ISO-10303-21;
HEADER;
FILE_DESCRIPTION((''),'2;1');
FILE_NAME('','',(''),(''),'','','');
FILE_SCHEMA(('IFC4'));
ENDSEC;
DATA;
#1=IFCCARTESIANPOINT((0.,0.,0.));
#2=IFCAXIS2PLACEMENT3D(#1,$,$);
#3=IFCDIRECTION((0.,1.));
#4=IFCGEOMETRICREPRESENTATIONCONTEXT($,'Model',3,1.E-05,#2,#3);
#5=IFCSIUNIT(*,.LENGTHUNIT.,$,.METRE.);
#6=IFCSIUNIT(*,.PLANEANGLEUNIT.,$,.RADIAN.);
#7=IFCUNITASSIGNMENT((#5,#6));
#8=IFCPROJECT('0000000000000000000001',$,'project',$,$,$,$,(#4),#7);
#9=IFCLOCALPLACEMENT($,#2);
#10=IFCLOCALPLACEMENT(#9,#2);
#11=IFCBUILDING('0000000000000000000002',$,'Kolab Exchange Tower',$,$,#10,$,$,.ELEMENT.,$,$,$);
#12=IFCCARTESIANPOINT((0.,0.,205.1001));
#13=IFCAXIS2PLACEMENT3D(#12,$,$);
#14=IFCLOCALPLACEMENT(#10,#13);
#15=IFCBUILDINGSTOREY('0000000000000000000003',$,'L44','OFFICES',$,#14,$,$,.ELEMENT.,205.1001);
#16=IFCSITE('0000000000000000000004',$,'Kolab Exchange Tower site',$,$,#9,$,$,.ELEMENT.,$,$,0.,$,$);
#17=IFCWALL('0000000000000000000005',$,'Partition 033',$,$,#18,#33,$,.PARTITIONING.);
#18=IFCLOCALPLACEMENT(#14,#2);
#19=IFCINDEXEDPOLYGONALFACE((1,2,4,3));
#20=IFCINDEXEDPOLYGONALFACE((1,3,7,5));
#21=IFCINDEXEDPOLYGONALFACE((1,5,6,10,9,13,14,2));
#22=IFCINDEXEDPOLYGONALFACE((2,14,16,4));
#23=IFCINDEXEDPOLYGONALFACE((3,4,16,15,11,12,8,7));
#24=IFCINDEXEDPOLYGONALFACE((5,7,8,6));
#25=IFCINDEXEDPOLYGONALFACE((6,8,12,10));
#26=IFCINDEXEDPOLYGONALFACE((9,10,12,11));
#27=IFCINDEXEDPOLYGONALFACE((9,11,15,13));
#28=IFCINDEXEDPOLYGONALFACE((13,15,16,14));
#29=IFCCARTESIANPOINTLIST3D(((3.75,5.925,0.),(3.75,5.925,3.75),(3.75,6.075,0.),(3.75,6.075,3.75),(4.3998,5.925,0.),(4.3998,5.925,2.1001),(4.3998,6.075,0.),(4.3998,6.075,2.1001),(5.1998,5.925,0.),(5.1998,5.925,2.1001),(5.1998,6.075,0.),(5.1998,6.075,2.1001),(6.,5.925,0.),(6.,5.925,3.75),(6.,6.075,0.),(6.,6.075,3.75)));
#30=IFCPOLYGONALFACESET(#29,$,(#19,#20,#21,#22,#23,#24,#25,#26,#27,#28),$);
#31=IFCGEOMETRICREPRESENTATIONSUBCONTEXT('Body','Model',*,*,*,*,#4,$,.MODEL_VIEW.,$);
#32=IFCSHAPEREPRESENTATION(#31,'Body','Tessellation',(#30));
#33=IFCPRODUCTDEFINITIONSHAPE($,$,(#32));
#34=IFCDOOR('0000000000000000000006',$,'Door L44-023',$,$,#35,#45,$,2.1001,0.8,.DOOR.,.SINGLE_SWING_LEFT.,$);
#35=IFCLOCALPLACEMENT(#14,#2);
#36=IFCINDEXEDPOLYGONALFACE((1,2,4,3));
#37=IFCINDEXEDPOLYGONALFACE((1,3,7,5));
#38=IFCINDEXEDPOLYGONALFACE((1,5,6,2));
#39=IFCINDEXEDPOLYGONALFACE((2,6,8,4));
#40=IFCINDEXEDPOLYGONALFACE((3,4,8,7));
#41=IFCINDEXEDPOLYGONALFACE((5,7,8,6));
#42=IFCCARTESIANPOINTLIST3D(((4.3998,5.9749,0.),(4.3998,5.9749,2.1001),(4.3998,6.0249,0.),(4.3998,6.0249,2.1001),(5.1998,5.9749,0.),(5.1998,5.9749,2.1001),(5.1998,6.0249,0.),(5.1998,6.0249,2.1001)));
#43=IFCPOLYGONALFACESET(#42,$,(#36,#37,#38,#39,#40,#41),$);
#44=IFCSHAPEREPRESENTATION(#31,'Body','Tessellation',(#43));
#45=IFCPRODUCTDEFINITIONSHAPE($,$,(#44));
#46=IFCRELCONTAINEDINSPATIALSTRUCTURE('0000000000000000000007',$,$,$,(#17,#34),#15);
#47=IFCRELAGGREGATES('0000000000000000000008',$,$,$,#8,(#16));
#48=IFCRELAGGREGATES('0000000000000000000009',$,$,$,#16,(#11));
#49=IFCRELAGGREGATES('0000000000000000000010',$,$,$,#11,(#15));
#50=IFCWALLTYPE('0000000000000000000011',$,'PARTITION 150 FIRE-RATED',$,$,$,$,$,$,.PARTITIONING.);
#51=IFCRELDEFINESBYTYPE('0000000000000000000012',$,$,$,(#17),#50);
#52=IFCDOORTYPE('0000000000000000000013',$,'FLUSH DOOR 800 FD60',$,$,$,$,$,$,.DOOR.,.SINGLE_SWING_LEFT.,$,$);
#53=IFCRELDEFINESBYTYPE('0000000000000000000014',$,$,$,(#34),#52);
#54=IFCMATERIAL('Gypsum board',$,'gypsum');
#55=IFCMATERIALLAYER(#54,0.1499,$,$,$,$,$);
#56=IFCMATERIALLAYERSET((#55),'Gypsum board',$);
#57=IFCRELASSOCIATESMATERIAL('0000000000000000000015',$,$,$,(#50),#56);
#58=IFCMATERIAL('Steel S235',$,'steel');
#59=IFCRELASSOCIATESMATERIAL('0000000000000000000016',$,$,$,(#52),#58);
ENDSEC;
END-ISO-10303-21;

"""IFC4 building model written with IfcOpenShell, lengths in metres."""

from ifc_helpers import new_model, si_unit, direction, frame, frame_2d, origin, place, context, subcontext, project, spatial, rectangle, extrude, material, layer, layer_set, type_object, element, fill, save


model = new_model("IFC4")

# Units and contexts
model_context = context("Model", 3, precision=1e-05, world=origin(), true_north=direction((0.0, 1.0)))
body_context = subcontext(model_context, "Body", "Model", "MODEL_VIEW")
ifc_project = project(units=[si_unit("LENGTHUNIT", "METRE"), si_unit("PLANEANGLEUNIT", "RADIAN")], contexts=[model_context])

# Site, building, storey
site_placement = place(None, origin())
site = spatial("IfcSite", under=ifc_project, at=site_placement, Name="Kolab Exchange Tower site", CompositionType="ELEMENT", RefElevation=0.0)
building_placement = place(site_placement, origin())
building = spatial("IfcBuilding", under=site, at=building_placement, Name="Kolab Exchange Tower", CompositionType="ELEMENT")
storey_placement = place(building_placement, frame((0.0, 0.0, 205.1001)))
storey = spatial("IfcBuildingStorey", under=building, at=storey_placement, Name="L44", Description="OFFICES", CompositionType="ELEMENT", Elevation=205.1001)

# Shared definitions
ifc_material_1 = material(Name="Gypsum board", Category="gypsum")

# Wall, opening, door
ifc_layer_1 = layer(ifc_material_1, 0.1499)
ifc_layer_set_1 = layer_set([ifc_layer_1], Name="Gypsum board")
wall_type_1 = type_object("IfcWallType", Name="PARTITION 150 FIRE-RATED", PredefinedType="PARTITIONING", material=ifc_layer_set_1)
wall_1_placement = place(storey_placement, frame((3.75, 6.0, 0.0), z_axis=(0.0, 0.0, 1.0), x_axis=(1.0, 0.0, 0.0)))
wall_1 = element("IfcWall", 1, at=wall_1_placement, inside=storey, type_object=wall_type_1, Name="Partition 033", PredefinedType="PARTITIONING", context=body_context, shape_type="SweptSolid", body=[
    extrude(rectangle(XDim=2.25, YDim=0.1499, at=frame_2d((1.125, 0.0))), origin(), (0.0, 0.0, 1.0), 3.75),
])
opening_1_placement = place(wall_1_placement, frame((0.6499, 0.0, 0.0)))
opening_1 = element("IfcOpeningElement", 2, at=opening_1_placement, cuts=wall_1, PredefinedType="OPENING", context=body_context, shape_type="SweptSolid", body=[
    extrude(rectangle(XDim=0.8, YDim=2.1001, at=frame_2d((0.3999, 1.05))), frame((0.0, 0.085, 0.0), z_axis=(0.0, -1.0, 0.0), x_axis=(1.0, 0.0, 0.0)), (0.0, 0.0, 1.0), 0.1699),
])
ifc_material_2 = material(Name="Steel S235", Category="steel")
door_type_1 = type_object("IfcDoorType", Name="FLUSH DOOR 800 FD60", OperationType="SINGLE_SWING_LEFT", PredefinedType="DOOR", material=ifc_material_2)
door_1_placement = place(opening_1_placement, origin())
door_1 = element("IfcDoor", 3, at=door_1_placement, inside=storey, type_object=door_type_1, Name="Door L44-023", OperationType="SINGLE_SWING_LEFT", OverallHeight=2.1001, OverallWidth=0.8, PredefinedType="DOOR", context=body_context, shape_type="SweptSolid", body=[
    extrude(rectangle(XDim=0.8, YDim=2.1001, at=frame_2d((0.3999, 1.05))), frame((0.0, 0.0249, 0.0), z_axis=(0.0, -1.0, 0.0), x_axis=(1.0, 0.0, 0.0)), (0.0, 0.0, 1.0), 0.05),
])
fill(opening_1, door_1)

save(model, "model.ifc")
